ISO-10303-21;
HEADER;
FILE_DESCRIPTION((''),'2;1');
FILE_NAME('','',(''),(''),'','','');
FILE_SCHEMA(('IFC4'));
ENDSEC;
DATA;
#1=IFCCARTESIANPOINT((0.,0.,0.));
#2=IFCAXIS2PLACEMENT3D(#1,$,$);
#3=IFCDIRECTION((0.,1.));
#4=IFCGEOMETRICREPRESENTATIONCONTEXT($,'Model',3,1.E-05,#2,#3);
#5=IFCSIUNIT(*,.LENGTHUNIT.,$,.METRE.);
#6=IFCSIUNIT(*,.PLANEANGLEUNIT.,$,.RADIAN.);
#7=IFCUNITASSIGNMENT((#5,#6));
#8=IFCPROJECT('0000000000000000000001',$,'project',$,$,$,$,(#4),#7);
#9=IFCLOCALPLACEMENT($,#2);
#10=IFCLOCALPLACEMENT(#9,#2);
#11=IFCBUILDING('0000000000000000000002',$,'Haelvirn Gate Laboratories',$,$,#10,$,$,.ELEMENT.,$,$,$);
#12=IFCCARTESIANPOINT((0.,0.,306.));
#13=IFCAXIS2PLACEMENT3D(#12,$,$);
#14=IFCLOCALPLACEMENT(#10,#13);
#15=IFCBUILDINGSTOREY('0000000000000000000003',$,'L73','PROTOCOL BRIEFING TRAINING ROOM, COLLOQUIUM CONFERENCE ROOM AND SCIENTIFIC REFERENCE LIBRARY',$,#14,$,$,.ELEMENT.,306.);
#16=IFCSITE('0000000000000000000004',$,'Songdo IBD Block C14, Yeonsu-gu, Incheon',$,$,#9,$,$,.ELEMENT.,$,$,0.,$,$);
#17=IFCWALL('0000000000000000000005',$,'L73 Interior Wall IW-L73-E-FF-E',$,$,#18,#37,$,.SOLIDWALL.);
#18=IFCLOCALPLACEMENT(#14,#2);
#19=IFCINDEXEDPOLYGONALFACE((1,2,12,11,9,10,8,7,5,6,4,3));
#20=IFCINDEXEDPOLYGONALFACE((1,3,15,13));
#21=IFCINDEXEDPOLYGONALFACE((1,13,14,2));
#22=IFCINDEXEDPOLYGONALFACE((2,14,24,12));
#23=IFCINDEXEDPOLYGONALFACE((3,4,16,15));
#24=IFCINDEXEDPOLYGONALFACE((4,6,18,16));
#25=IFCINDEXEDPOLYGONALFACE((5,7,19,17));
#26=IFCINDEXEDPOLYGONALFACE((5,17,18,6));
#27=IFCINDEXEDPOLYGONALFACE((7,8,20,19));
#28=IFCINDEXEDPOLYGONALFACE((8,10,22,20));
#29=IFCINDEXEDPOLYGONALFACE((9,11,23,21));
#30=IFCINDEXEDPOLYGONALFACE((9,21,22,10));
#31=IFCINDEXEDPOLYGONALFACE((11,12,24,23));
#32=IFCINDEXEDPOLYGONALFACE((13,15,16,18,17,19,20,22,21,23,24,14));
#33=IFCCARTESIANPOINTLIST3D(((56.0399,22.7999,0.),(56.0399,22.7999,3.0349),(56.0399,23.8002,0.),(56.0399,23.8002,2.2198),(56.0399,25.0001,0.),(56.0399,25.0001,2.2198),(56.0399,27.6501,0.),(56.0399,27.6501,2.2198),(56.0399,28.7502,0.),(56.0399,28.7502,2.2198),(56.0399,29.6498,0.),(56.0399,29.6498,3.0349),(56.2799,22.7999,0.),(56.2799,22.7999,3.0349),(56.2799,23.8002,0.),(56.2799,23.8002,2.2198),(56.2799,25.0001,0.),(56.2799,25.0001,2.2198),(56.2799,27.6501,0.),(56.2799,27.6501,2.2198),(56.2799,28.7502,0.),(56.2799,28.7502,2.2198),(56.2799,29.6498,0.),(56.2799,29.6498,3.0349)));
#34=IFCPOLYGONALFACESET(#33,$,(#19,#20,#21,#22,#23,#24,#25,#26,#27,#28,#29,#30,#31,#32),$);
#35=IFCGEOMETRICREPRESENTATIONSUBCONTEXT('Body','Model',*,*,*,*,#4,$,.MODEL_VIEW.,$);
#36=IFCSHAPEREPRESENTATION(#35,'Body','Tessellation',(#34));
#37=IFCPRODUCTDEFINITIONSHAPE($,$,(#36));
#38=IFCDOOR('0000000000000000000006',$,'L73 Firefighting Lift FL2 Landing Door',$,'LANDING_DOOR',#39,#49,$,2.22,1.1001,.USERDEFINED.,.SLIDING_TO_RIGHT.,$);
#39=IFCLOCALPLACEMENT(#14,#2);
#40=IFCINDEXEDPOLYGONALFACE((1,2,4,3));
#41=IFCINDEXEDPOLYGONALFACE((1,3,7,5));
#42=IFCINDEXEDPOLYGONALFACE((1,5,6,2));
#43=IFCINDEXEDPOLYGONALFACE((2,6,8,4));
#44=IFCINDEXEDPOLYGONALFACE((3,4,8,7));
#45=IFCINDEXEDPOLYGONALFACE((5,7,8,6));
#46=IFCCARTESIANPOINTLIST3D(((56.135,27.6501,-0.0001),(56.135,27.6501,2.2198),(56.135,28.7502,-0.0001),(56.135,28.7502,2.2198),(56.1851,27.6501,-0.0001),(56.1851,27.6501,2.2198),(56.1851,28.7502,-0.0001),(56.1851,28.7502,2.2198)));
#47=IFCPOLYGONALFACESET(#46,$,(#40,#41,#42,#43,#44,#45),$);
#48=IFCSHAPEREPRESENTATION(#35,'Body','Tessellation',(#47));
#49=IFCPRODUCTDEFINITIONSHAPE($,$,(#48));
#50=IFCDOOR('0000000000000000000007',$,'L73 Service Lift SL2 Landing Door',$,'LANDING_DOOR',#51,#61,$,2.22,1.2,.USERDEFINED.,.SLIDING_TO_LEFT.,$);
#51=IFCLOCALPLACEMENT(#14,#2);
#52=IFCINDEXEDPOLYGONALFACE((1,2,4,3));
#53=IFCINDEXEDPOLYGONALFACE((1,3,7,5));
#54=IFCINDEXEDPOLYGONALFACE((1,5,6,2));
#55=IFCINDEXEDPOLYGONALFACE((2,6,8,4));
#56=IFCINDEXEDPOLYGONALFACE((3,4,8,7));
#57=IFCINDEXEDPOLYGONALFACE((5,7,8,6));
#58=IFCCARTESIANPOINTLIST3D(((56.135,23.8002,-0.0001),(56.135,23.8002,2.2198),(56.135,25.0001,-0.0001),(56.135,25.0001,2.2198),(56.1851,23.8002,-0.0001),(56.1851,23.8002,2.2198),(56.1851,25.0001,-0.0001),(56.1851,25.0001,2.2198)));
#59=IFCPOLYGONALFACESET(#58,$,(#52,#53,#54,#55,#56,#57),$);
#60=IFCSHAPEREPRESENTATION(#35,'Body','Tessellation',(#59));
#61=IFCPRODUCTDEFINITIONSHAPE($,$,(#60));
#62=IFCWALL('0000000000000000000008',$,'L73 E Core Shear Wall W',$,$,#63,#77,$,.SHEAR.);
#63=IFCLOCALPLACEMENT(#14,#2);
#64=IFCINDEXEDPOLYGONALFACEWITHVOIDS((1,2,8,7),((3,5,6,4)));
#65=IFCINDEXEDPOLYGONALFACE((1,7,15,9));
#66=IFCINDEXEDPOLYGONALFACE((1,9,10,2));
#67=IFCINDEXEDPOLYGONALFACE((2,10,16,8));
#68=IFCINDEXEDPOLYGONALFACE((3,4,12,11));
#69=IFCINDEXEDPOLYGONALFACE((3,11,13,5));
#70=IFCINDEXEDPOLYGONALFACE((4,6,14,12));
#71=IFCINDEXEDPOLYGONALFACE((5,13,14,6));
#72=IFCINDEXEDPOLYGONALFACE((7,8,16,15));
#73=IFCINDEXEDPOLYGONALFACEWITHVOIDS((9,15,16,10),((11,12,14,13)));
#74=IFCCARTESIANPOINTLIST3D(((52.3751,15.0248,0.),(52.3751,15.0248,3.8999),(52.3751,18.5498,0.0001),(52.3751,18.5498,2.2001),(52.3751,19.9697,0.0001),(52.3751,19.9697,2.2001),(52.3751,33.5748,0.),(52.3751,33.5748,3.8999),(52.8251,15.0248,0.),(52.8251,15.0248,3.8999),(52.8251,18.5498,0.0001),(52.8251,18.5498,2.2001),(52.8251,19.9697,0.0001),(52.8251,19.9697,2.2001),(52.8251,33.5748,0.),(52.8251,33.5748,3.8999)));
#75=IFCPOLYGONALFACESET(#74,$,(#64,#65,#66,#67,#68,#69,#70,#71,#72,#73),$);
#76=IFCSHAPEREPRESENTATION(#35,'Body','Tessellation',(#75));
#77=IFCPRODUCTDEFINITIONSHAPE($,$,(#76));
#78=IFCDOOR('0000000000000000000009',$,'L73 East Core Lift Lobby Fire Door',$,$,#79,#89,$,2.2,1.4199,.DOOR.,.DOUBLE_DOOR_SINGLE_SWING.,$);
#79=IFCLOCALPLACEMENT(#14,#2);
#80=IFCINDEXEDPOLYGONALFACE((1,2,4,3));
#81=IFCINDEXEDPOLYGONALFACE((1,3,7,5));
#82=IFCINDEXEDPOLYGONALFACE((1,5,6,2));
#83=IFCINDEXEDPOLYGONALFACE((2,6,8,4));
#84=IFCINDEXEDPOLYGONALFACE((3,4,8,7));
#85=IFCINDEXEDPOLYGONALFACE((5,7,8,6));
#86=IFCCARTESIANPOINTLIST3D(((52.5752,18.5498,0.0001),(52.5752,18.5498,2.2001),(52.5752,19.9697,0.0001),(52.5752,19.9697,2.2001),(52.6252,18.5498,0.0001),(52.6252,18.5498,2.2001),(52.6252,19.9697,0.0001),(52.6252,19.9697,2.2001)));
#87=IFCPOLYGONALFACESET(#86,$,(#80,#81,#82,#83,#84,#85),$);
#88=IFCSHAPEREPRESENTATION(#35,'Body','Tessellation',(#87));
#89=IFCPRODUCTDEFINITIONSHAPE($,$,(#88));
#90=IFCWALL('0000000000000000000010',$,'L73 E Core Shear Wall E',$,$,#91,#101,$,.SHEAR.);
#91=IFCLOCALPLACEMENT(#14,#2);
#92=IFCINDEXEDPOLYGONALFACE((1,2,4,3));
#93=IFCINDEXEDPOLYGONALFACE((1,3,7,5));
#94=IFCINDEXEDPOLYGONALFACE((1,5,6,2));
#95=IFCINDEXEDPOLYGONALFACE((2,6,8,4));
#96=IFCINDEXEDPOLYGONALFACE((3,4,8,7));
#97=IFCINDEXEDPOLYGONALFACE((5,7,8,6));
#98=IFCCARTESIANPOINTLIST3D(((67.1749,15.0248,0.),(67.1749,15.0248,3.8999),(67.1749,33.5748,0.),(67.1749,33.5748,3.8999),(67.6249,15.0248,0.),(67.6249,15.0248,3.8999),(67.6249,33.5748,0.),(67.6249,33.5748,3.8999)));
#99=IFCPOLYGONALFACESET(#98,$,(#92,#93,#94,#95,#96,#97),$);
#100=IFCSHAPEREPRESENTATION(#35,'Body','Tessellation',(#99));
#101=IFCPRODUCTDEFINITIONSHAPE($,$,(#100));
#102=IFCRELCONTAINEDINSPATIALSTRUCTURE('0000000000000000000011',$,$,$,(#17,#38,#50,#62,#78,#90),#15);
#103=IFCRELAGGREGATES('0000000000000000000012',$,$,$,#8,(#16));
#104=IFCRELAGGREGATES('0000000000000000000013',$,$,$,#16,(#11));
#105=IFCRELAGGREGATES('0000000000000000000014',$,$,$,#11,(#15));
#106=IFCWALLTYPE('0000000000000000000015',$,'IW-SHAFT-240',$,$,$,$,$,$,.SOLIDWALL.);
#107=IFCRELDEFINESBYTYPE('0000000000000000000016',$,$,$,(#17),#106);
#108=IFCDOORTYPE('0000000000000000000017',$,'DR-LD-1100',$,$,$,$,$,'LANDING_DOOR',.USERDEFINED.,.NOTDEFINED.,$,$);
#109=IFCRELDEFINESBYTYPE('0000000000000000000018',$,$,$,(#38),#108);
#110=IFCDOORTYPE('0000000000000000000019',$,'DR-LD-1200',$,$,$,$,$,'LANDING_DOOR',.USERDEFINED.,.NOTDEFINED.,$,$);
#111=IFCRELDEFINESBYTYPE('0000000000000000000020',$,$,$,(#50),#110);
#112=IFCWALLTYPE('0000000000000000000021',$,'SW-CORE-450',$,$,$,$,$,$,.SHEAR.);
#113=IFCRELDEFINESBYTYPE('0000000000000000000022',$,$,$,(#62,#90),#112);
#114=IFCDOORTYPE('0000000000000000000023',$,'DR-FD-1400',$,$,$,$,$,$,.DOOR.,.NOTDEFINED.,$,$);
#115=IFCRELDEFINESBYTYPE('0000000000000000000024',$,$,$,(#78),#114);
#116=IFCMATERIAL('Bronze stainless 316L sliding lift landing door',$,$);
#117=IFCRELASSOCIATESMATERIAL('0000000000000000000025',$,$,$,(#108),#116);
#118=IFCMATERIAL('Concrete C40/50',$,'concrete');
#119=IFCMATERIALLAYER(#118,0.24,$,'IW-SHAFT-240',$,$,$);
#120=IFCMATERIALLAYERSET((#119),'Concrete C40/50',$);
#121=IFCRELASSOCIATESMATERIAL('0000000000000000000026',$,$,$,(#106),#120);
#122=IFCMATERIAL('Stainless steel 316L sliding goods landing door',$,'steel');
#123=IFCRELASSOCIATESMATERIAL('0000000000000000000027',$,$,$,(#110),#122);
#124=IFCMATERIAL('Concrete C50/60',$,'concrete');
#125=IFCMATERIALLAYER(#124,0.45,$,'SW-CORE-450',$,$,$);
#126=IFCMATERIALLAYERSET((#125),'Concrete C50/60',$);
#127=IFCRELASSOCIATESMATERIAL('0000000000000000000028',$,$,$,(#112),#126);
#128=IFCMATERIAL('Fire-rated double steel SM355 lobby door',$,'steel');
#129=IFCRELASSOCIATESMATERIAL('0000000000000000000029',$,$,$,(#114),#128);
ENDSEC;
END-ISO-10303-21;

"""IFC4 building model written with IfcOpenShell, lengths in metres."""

from ifc_helpers import new_model, si_unit, direction, frame, frame_2d, origin, place, context, subcontext, project, spatial, rectangle, extrude, source, transform, mapped, material, layer, layer_set, type_object, type_shapes, element, fill, save


model = new_model("IFC4")

# Units and contexts
model_context = context("Model", 3, precision=1e-05, world=origin(), true_north=direction((0.0, 1.0)))
body_context = subcontext(model_context, "Body", "Model", "MODEL_VIEW")
ifc_project = project(units=[si_unit("LENGTHUNIT", "METRE"), si_unit("PLANEANGLEUNIT", "RADIAN")], contexts=[model_context])

# Site, building, storey
site_placement = place(None, origin())
site = spatial("IfcSite", under=ifc_project, at=site_placement, Name="Songdo IBD Block C14, Yeonsu-gu, Incheon", CompositionType="ELEMENT", RefElevation=0.0)
building_placement = place(site_placement, origin())
building = spatial("IfcBuilding", under=site, at=building_placement, Name="Haelvirn Gate Laboratories", CompositionType="ELEMENT")
storey_placement = place(building_placement, frame((0.0, 0.0, 306.0)))
storey = spatial("IfcBuildingStorey", under=building, at=storey_placement, Name="L73", Description="PROTOCOL BRIEFING TRAINING ROOM, COLLOQUIUM CONFERENCE ROOM AND SCIENTIFIC REFERENCE LIBRARY", CompositionType="ELEMENT", Elevation=306.0)

# Shared definitions
ifc_material_1 = material(Name="Concrete C50/60", Category="concrete")

# Shared definitions
ifc_material_2 = material(Name="Concrete C40/50", Category="concrete")

# Shared definitions
ifc_material_3 = material(Name="Bronze stainless 316L sliding lift landing door")
door_type_1 = type_object("IfcDoorType", Name="DR-LD-1100", ElementType="LANDING_DOOR", OperationType="NOTDEFINED", PredefinedType="USERDEFINED", material=ifc_material_3)
shared_shape_1 = source(origin(), body_context, "Body", "SweptSolid", [
    extrude(rectangle(XDim=1.1001, YDim=2.22, at=frame_2d((0.55, 1.1099))), frame((0.0, 0.0249, 0.0), z_axis=(0.0, -1.0, 0.0), x_axis=(1.0, 0.0, 0.0)), (0.0, 0.0, 1.0), 0.05),
])
type_shapes(door_type_1, [shared_shape_1])

# Wall, openings, doors
ifc_layer_1 = layer(ifc_material_2, 0.24, Name="IW-SHAFT-240")
ifc_layer_set_1 = layer_set([ifc_layer_1], Name="Concrete C40/50")
wall_type_1 = type_object("IfcWallType", Name="IW-SHAFT-240", PredefinedType="SOLIDWALL", material=ifc_layer_set_1)
wall_1_placement = place(storey_placement, frame((56.1599, 22.8, 0.0), z_axis=(0.0, 0.0, 1.0), x_axis=(0.0, 1.0, 0.0)))
wall_1 = element("IfcWall", 1, at=wall_1_placement, inside=storey, type_object=wall_type_1, Name="L73 Interior Wall IW-L73-E-FF-E", PredefinedType="SOLIDWALL", context=body_context, shape_type="SweptSolid", body=[
    extrude(rectangle(XDim=6.8499, YDim=0.24, at=frame_2d((3.4248, 0.0))), origin(), (0.0, 0.0, 1.0), 3.0349),
])
opening_1_placement = place(wall_1_placement, frame((4.8501, 0.0, 0.0)))
opening_1 = element("IfcOpeningElement", 2, at=opening_1_placement, cuts=wall_1, PredefinedType="OPENING", context=body_context, shape_type="SweptSolid", body=[
    extrude(rectangle(XDim=1.1001, YDim=2.22, at=frame_2d((0.55, 1.1099))), frame((0.0, 0.1299, 0.0), z_axis=(0.0, -1.0, 0.0), x_axis=(1.0, 0.0, 0.0)), (0.0, 0.0, 1.0), 0.26),
])
opening_2_placement = place(wall_1_placement, frame((1.0, 0.0, 0.0)))
opening_2 = element("IfcOpeningElement", 3, at=opening_2_placement, cuts=wall_1, PredefinedType="OPENING", context=body_context, shape_type="SweptSolid", body=[
    extrude(rectangle(XDim=1.2, YDim=2.22, at=frame_2d((0.6001, 1.1099))), frame((0.0, 0.1299, 0.0), z_axis=(0.0, -1.0, 0.0), x_axis=(1.0, 0.0, 0.0)), (0.0, 0.0, 1.0), 0.26),
])
door_1_placement = place(opening_1_placement, origin())
door_1 = element("IfcDoor", 4, at=door_1_placement, inside=storey, type_object=door_type_1, Name="L73 Firefighting Lift FL2 Landing Door", ObjectType="LANDING_DOOR", OperationType="SLIDING_TO_RIGHT", OverallHeight=2.22, OverallWidth=1.1001, PredefinedType="USERDEFINED", context=body_context, shape_type="MappedRepresentation", body=[
    mapped(shared_shape_1, transform((0.0, 0.0, 0.0), scale=1.0)),
])
fill(opening_1, door_1)
ifc_material_4 = material(Name="Stainless steel 316L sliding goods landing door", Category="steel")
door_type_2 = type_object("IfcDoorType", Name="DR-LD-1200", ElementType="LANDING_DOOR", OperationType="NOTDEFINED", PredefinedType="USERDEFINED", material=ifc_material_4)
shared_shape_2 = source(origin(), body_context, "Body", "SweptSolid", [
    extrude(rectangle(XDim=1.2, YDim=2.22, at=frame_2d((0.6001, 1.1099))), frame((0.0, 0.0249, 0.0), z_axis=(0.0, -1.0, 0.0), x_axis=(1.0, 0.0, 0.0)), (0.0, 0.0, 1.0), 0.05),
])
type_shapes(door_type_2, [shared_shape_2])
door_2_placement = place(opening_2_placement, origin())
door_2 = element("IfcDoor", 5, at=door_2_placement, inside=storey, type_object=door_type_2, Name="L73 Service Lift SL2 Landing Door", ObjectType="LANDING_DOOR", OperationType="SLIDING_TO_LEFT", OverallHeight=2.22, OverallWidth=1.2, PredefinedType="USERDEFINED", context=body_context, shape_type="MappedRepresentation", body=[
    mapped(shared_shape_2, transform((0.0, 0.0, 0.0), scale=1.0)),
])
fill(opening_2, door_2)

# Wall, opening, door
ifc_layer_2 = layer(ifc_material_1, 0.45, Name="SW-CORE-450")
ifc_layer_set_2 = layer_set([ifc_layer_2], Name="Concrete C50/60")
wall_type_2 = type_object("IfcWallType", Name="SW-CORE-450", PredefinedType="SHEAR", material=ifc_layer_set_2)
wall_2_placement = place(storey_placement, frame((52.6001, 15.0249, 0.0), z_axis=(0.0, 0.0, 1.0), x_axis=(0.0, 1.0, 0.0)))
wall_2 = element("IfcWall", 6, at=wall_2_placement, inside=storey, type_object=wall_type_2, Name="L73 E Core Shear Wall W", PredefinedType="SHEAR", context=body_context, shape_type="SweptSolid", body=[
    extrude(rectangle(XDim=18.55, YDim=0.45, at=frame_2d((9.2749, 0.0))), origin(), (0.0, 0.0, 1.0), 3.8999),
])
opening_3_placement = place(wall_2_placement, frame((3.5249, 0.0, 0.0)))
opening_3 = element("IfcOpeningElement", 7, at=opening_3_placement, cuts=wall_2, PredefinedType="OPENING", context=body_context, shape_type="SweptSolid", body=[
    extrude(rectangle(XDim=1.4199, YDim=2.2, at=frame_2d((0.71, 1.1001))), frame((0.0, 0.2349, 0.0), z_axis=(0.0, -1.0, 0.0), x_axis=(1.0, 0.0, 0.0)), (0.0, 0.0, 1.0), 0.47),
])
ifc_material_5 = material(Name="Fire-rated double steel SM355 lobby door", Category="steel")
door_type_3 = type_object("IfcDoorType", Name="DR-FD-1400", OperationType="NOTDEFINED", PredefinedType="DOOR", material=ifc_material_5)
shared_shape_3 = source(origin(), body_context, "Body", "SweptSolid", [
    extrude(rectangle(XDim=1.4199, YDim=2.2, at=frame_2d((0.71, 1.1001))), frame((0.0, 0.0249, 0.0), z_axis=(0.0, -1.0, 0.0), x_axis=(1.0, 0.0, 0.0)), (0.0, 0.0, 1.0), 0.05),
])
type_shapes(door_type_3, [shared_shape_3])
door_3_placement = place(opening_3_placement, origin())
door_3 = element("IfcDoor", 8, at=door_3_placement, inside=storey, type_object=door_type_3, Name="L73 East Core Lift Lobby Fire Door", OperationType="DOUBLE_DOOR_SINGLE_SWING", OverallHeight=2.2, OverallWidth=1.4199, PredefinedType="DOOR", context=body_context, shape_type="MappedRepresentation", body=[
    mapped(shared_shape_3, transform((0.0, 0.0, 0.0), scale=1.0)),
])
fill(opening_3, door_3)

# Wall
wall_3_placement = place(storey_placement, frame((67.3999, 15.0249, 0.0), z_axis=(0.0, 0.0, 1.0), x_axis=(0.0, 1.0, 0.0)))
element("IfcWall", 9, at=wall_3_placement, inside=storey, type_object=wall_type_2, Name="L73 E Core Shear Wall E", PredefinedType="SHEAR", context=body_context, shape_type="SweptSolid", body=[
    extrude(rectangle(XDim=18.55, YDim=0.45, at=frame_2d((9.2749, 0.0))), origin(), (0.0, 0.0, 1.0), 3.8999),
])

save(model, "model.ifc")
